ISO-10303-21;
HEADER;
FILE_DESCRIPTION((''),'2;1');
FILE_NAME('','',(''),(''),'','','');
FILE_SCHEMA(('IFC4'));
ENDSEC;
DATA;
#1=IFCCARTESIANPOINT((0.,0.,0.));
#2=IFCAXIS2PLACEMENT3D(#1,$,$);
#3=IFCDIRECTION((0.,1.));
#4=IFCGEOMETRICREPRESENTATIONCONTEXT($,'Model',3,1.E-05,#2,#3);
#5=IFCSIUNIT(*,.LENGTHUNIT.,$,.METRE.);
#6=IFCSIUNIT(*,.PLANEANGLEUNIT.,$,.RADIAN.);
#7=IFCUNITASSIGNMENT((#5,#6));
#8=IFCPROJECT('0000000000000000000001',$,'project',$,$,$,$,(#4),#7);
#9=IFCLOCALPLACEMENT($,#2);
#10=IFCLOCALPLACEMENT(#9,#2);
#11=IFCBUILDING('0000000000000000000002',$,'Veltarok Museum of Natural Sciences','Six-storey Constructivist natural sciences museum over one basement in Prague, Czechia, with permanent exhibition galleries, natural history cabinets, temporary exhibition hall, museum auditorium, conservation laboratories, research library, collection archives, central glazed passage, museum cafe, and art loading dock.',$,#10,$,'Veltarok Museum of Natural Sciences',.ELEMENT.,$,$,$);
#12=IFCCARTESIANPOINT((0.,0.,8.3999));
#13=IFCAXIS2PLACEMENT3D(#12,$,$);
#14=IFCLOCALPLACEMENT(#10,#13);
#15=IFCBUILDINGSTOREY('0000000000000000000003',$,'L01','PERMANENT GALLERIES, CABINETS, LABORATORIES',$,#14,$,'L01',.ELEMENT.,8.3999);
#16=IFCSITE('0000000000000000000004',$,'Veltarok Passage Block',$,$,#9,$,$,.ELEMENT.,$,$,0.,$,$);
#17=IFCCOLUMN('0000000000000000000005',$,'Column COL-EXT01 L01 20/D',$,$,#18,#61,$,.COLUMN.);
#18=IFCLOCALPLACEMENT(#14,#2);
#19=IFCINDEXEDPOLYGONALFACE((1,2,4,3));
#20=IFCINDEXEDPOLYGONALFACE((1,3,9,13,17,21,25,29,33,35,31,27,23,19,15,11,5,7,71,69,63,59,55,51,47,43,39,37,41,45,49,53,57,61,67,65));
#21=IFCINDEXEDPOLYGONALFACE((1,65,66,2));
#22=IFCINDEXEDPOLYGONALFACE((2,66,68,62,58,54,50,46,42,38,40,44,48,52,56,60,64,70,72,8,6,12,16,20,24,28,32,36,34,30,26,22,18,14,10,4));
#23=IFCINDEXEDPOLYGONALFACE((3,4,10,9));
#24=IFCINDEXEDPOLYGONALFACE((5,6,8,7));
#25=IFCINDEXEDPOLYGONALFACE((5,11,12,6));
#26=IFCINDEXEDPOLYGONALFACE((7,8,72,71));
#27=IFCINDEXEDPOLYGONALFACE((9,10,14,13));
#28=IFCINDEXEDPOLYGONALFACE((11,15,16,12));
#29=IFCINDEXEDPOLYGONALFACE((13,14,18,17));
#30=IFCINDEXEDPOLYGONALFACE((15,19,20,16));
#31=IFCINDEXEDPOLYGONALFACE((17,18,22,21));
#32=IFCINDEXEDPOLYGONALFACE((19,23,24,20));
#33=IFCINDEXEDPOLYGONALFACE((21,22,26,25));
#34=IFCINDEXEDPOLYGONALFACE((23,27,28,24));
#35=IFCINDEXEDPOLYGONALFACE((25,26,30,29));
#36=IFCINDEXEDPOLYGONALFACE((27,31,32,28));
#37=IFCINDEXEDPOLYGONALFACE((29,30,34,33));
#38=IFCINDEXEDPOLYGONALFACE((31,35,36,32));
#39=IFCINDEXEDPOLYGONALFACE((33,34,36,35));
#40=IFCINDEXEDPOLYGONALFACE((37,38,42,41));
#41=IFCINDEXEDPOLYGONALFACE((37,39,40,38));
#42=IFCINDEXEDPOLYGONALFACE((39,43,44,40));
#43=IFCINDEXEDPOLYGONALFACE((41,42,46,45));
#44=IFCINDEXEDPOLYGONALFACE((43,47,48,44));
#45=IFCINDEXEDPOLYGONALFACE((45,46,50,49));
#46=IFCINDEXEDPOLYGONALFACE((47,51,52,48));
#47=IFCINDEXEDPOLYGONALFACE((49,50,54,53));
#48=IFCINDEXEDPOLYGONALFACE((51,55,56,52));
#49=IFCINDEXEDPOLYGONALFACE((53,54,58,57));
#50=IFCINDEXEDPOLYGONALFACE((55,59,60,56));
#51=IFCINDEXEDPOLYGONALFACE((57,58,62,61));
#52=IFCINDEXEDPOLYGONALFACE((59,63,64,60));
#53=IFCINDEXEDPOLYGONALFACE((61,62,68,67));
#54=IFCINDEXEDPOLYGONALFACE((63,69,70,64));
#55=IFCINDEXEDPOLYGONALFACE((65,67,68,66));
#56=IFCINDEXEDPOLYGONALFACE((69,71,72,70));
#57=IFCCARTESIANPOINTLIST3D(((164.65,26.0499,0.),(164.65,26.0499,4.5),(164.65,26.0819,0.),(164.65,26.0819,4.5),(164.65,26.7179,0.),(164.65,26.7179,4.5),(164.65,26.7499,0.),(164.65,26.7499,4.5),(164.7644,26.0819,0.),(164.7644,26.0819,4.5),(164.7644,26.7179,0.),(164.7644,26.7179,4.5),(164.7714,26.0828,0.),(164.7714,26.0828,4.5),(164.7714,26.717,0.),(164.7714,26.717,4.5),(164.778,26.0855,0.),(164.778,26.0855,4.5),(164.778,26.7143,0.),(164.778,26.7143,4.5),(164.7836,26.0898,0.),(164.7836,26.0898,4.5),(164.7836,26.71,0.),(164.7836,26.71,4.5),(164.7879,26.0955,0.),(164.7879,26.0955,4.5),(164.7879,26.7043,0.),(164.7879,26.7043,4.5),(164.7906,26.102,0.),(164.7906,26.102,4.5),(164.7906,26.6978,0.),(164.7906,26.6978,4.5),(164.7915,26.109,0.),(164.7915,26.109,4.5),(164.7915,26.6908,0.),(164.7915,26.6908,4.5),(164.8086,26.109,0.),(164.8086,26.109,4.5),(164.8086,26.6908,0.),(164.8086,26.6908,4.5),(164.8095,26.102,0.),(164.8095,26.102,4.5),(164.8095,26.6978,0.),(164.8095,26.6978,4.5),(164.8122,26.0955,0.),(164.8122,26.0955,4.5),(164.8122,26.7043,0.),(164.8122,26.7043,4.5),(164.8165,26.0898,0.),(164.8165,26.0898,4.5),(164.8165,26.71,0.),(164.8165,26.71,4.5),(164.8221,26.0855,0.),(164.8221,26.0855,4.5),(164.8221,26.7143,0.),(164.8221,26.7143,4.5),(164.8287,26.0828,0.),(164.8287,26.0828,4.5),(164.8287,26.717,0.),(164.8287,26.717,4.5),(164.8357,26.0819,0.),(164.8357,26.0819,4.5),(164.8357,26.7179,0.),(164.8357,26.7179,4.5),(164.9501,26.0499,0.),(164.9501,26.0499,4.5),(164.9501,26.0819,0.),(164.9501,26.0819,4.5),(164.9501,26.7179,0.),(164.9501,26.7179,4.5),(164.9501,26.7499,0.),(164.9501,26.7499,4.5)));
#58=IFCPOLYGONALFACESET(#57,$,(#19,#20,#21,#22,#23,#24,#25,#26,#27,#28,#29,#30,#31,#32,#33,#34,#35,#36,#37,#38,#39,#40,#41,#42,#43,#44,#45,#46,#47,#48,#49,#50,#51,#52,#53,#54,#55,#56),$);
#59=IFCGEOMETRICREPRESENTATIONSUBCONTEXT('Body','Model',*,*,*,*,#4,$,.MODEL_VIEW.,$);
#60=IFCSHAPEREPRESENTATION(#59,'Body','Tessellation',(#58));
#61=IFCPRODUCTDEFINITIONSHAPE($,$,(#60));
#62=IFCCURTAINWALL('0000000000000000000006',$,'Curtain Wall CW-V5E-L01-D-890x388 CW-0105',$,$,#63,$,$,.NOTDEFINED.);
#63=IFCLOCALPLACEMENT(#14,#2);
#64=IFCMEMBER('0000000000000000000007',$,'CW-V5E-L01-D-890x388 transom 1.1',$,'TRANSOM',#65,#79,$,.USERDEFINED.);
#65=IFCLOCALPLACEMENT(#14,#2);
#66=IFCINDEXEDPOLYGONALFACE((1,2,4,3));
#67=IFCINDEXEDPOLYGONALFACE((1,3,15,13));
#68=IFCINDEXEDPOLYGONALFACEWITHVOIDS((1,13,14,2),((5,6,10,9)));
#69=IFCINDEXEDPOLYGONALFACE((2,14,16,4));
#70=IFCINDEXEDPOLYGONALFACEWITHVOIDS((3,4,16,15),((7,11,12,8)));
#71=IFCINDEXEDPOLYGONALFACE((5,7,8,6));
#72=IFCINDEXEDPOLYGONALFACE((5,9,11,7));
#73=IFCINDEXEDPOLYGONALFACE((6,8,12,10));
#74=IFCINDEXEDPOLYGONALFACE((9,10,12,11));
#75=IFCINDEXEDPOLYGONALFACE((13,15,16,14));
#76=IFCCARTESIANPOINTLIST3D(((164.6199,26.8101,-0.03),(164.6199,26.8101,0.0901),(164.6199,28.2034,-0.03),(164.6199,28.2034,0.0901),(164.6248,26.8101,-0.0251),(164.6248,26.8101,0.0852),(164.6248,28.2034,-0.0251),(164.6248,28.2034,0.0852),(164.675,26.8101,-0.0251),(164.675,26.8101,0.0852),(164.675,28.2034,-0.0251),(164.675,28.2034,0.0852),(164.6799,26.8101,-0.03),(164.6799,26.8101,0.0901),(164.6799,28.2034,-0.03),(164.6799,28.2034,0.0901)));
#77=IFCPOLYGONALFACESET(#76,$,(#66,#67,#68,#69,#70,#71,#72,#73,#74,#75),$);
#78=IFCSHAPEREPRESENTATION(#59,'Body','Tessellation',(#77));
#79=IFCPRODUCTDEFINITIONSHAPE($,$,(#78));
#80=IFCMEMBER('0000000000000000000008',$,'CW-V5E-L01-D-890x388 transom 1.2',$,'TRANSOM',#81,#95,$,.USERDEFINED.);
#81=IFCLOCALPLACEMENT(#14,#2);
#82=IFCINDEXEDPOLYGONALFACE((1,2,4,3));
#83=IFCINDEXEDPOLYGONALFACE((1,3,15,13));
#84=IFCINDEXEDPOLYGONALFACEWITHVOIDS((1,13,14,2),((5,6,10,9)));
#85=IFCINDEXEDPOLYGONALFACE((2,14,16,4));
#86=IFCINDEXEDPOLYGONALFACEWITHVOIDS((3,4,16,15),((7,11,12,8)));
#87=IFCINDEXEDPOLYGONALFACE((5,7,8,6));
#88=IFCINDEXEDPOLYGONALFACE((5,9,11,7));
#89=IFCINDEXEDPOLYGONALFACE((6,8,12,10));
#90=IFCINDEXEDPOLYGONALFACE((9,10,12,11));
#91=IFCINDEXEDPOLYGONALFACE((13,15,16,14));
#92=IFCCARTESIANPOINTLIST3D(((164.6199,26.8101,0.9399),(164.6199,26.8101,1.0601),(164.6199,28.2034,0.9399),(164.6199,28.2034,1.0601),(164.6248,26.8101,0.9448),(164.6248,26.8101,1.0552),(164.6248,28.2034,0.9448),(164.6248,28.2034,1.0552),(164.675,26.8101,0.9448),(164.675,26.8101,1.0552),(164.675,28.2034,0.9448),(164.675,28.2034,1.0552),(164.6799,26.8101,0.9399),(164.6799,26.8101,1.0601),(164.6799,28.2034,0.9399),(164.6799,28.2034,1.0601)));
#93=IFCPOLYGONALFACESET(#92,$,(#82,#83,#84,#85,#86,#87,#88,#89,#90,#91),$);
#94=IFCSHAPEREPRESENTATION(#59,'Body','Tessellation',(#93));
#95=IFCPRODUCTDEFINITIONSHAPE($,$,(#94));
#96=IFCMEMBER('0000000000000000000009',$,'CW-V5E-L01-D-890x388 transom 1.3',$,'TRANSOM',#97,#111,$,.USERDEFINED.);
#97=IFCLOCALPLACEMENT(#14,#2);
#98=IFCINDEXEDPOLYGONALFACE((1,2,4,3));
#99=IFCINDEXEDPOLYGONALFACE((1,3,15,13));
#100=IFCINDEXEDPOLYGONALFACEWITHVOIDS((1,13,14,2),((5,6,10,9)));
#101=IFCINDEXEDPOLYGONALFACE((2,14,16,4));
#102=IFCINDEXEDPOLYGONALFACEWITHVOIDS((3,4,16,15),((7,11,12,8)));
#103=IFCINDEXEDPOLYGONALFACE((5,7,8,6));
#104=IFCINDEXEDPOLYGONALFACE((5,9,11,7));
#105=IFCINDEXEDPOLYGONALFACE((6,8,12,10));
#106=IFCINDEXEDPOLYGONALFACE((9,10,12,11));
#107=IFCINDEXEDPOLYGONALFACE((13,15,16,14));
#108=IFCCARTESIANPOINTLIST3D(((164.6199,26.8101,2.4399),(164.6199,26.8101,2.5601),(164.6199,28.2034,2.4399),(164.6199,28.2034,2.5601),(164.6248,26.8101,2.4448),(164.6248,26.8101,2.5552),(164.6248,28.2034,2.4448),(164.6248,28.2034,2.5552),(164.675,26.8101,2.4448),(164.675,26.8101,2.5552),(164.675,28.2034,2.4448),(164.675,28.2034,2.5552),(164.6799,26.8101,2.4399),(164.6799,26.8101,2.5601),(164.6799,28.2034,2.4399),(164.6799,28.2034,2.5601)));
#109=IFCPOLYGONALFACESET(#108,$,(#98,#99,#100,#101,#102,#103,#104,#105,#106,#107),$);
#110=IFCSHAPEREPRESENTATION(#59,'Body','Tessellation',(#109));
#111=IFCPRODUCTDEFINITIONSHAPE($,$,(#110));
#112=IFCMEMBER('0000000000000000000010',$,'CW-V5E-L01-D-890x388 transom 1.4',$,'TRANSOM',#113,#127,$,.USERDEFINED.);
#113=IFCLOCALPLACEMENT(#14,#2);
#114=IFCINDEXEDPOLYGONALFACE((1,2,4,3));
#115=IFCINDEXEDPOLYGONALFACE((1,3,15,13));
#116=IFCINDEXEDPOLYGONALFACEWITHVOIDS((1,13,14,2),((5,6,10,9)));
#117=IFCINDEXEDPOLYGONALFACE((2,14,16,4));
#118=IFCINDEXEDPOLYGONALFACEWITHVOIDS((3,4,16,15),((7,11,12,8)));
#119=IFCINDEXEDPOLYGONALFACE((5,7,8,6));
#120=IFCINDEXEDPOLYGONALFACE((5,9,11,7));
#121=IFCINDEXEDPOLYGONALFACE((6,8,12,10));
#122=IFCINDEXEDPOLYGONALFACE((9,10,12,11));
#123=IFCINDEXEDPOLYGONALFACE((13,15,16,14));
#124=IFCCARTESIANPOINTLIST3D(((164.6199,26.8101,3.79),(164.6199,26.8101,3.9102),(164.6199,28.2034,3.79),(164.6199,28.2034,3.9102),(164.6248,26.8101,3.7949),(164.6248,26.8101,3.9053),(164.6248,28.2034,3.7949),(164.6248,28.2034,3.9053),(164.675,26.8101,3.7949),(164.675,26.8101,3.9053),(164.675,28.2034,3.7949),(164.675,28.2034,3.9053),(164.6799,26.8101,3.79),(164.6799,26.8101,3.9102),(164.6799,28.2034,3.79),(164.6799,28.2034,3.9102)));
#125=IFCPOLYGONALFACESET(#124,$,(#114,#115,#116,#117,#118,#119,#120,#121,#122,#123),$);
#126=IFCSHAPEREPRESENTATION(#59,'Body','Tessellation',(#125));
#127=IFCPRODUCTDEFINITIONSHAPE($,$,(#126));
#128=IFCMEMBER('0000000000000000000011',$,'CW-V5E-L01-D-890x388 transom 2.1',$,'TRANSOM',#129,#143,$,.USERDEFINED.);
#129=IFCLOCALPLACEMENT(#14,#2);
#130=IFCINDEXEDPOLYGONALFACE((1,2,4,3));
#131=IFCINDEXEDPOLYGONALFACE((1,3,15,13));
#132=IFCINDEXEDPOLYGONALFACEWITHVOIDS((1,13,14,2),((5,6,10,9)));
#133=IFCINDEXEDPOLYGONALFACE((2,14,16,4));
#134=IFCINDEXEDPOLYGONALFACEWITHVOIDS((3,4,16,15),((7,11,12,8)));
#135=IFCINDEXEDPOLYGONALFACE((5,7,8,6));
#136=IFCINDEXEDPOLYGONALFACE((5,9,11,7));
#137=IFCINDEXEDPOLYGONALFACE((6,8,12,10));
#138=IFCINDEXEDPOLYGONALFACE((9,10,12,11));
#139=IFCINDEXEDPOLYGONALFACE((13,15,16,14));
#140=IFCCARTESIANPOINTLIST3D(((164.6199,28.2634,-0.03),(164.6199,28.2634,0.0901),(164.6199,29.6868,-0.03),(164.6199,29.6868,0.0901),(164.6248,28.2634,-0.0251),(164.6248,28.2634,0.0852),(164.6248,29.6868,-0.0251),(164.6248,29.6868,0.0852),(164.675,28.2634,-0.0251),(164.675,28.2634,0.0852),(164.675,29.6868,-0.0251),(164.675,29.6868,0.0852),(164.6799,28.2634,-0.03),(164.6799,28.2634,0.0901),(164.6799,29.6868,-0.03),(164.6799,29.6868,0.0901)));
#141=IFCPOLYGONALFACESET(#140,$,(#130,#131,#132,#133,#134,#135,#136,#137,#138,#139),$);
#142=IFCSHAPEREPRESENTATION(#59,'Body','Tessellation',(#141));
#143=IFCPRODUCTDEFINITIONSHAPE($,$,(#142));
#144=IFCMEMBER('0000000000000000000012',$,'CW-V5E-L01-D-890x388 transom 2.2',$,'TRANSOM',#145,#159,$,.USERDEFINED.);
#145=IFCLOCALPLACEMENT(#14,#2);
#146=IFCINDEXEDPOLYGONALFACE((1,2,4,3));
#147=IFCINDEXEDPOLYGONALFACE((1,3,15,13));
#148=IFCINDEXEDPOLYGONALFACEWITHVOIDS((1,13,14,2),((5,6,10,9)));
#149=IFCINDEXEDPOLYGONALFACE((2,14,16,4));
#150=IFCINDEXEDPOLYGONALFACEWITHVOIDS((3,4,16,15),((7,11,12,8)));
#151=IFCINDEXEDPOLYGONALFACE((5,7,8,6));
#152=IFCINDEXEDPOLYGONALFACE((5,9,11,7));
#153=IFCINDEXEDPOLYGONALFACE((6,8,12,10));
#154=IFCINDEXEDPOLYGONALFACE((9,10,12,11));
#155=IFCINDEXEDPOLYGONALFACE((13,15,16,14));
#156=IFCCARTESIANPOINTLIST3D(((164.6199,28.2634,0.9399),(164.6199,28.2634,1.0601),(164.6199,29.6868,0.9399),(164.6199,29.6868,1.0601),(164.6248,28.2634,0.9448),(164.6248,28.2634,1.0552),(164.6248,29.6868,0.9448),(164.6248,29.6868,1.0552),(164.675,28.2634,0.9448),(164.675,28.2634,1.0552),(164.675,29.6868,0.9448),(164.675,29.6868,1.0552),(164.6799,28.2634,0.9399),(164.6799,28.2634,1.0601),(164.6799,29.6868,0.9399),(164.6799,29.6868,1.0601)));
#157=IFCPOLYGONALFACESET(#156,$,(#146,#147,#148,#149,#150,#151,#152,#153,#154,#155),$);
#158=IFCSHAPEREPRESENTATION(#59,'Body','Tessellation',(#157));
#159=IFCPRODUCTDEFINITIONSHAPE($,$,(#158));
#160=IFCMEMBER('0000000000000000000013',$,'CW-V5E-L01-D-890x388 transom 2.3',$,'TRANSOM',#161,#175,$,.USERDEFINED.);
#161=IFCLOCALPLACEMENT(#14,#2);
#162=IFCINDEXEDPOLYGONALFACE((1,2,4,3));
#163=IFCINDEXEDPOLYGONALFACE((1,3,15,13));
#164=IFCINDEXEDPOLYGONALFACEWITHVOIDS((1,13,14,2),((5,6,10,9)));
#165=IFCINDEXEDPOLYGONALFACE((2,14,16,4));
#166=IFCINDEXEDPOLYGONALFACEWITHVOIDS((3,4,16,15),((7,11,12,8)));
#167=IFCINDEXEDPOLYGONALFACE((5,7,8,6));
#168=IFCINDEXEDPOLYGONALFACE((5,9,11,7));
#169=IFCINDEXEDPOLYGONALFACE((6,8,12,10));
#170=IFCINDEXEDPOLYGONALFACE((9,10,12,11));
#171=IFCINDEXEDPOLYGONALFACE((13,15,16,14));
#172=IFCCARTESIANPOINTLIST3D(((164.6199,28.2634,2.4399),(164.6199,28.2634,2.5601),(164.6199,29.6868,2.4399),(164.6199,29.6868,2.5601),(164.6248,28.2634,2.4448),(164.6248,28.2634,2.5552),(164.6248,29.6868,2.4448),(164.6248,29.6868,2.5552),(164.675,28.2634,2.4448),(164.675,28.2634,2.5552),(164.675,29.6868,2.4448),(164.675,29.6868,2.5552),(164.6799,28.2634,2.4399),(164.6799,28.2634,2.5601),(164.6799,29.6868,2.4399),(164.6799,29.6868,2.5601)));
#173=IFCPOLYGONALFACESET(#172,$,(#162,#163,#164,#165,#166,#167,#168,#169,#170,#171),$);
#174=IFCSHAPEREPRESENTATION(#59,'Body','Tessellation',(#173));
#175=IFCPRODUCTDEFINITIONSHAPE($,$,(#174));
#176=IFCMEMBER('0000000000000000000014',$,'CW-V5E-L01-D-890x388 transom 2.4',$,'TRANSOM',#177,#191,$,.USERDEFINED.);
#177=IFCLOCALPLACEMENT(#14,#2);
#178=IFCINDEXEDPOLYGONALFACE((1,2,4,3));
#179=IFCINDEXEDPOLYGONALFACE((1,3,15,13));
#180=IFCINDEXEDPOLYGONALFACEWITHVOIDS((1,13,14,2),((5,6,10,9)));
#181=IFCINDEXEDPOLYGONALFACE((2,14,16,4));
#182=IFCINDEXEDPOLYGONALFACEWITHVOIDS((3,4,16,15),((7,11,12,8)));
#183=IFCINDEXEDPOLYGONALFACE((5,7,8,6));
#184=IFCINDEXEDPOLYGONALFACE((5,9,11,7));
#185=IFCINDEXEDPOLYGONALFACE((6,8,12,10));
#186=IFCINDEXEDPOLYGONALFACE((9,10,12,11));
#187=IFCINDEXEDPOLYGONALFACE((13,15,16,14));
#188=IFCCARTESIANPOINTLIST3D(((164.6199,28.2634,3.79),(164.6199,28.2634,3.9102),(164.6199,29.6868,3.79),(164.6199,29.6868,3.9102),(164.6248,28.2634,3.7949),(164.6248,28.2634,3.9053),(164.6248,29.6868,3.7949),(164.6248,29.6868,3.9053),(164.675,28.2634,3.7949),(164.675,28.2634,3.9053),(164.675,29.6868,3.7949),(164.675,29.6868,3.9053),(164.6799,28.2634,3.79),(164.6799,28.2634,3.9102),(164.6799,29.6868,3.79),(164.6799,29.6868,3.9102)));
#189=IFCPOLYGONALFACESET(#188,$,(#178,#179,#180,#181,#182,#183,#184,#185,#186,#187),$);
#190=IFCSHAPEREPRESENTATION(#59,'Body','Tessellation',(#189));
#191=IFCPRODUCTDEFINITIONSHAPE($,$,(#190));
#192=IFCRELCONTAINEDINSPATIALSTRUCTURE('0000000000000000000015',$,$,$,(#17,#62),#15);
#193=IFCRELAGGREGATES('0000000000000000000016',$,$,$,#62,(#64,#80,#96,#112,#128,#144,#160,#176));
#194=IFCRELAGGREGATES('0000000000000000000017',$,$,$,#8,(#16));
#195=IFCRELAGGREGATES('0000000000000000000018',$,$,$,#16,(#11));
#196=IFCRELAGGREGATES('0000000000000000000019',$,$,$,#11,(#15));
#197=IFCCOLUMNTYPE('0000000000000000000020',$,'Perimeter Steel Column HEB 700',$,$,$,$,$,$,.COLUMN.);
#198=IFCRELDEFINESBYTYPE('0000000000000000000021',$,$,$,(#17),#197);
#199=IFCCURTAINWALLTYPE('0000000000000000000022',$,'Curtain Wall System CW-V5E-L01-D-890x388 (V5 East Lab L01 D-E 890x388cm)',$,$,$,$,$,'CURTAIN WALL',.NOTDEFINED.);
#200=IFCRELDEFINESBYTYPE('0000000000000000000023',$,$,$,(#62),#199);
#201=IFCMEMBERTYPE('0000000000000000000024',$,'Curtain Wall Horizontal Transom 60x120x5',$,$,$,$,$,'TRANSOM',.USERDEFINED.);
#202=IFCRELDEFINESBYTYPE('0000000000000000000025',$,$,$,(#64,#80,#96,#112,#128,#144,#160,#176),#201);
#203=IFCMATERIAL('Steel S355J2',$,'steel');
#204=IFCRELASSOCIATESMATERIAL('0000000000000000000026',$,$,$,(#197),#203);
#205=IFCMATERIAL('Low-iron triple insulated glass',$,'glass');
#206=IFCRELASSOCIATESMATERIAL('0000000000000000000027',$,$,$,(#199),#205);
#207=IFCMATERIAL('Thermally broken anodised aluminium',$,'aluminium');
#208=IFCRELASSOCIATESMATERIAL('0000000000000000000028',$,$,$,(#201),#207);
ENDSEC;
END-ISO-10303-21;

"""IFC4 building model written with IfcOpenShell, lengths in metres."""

from ifc_helpers import new_model, si_unit, direction, frame, origin, origin_2d, place, context, subcontext, project, spatial, hollow_rectangle, i_section, extrude, material, material_profile, profile_set, type_object, element, aggregate, save


model = new_model("IFC4")

# Units and contexts
model_context = context("Model", 3, precision=1e-05, world=origin(), true_north=direction((0.0, 1.0)))
body_context = subcontext(model_context, "Body", "Model", "MODEL_VIEW")
ifc_project = project(units=[si_unit("LENGTHUNIT", "METRE"), si_unit("PLANEANGLEUNIT", "RADIAN")], contexts=[model_context])

# Site, building, storey
site_placement = place(None, origin())
site = spatial("IfcSite", under=ifc_project, at=site_placement, Name="Veltarok Passage Block", CompositionType="ELEMENT", RefElevation=0.0)
building_placement = place(site_placement, origin())
building = spatial("IfcBuilding", under=site, at=building_placement, Name="Veltarok Museum of Natural Sciences", Description="Six-storey Constructivist natural sciences museum over one basement in Prague, Czechia, with permanent exhibition galleries, natural history cabinets, temporary exhibition hall, museum auditorium, conservation laboratories, research library, collection archives, central glazed passage, museum cafe, and art loading dock.", LongName="Veltarok Museum of Natural Sciences", CompositionType="ELEMENT")
storey_placement = place(building_placement, frame((0.0, 0.0, 8.3999)))
storey = spatial("IfcBuildingStorey", under=building, at=storey_placement, Name="L01", Description="PERMANENT GALLERIES, CABINETS, LABORATORIES", LongName="L01", CompositionType="ELEMENT", Elevation=8.3999)

# Column
ifc_material_1 = material(Name="Steel S355J2", Category="steel")
ifc_material_profile_1 = material_profile(ifc_material_1, i_section(OverallWidth=0.3, OverallDepth=0.7, WebThickness=0.0171, FlangeThickness=0.032, FilletRadius=0.0271, at=origin_2d()), Name="HEB 700")
ifc_profile_set_1 = profile_set([ifc_material_profile_1], Name="Steel S355J2")
column_type = type_object("IfcColumnType", Name="Perimeter Steel Column HEB 700", PredefinedType="COLUMN", material=ifc_profile_set_1)
column_placement = place(storey_placement, frame((164.8, 26.3999, 0.0), z_axis=(0.0, 0.0, 1.0), x_axis=(1.0, 0.0, 0.0)))
element("IfcColumn", 1, at=column_placement, inside=storey, type_object=column_type, Name="Column COL-EXT01 L01 20/D", PredefinedType="COLUMN", context=body_context, shape_type="SweptSolid", body=[
    extrude(i_section(OverallWidth=0.3, OverallDepth=0.7, WebThickness=0.0171, FlangeThickness=0.032, FilletRadius=0.0271, at=origin_2d()), origin(), (0.0, 0.0, 1.0), 4.5),
])

# Curtain wall, members
ifc_material_2 = material(Name="Low-iron triple insulated glass", Category="glass")
curtain_wall_type = type_object("IfcCurtainWallType", Name="Curtain Wall System CW-V5E-L01-D-890x388 (V5 East Lab L01 D-E 890x388cm)", ElementType="CURTAIN WALL", PredefinedType="NOTDEFINED", material=ifc_material_2)
curtain_wall_placement = place(storey_placement, origin())
curtain_wall = element("IfcCurtainWall", 2, at=curtain_wall_placement, inside=storey, type_object=curtain_wall_type, Name="Curtain Wall CW-V5E-L01-D-890x388 CW-0105", PredefinedType="NOTDEFINED")
ifc_material_3 = material(Name="Thermally broken anodised aluminium", Category="aluminium")
ifc_material_profile_2 = material_profile(ifc_material_3, hollow_rectangle(XDim=0.0601, YDim=0.1201, WallThickness=0.0049, at=origin_2d()), Name="CW TRANSOM 60x120x5")
ifc_profile_set_2 = profile_set([ifc_material_profile_2], Name="Thermally broken anodised aluminium")
member_type_1 = type_object("IfcMemberType", Name="Curtain Wall Horizontal Transom 60x120x5", ElementType="TRANSOM", PredefinedType="USERDEFINED", material=ifc_profile_set_2)
member_1_placement = place(storey_placement, frame((164.6499, 26.8101, 0.03), z_axis=(0.0, 1.0, 0.0), x_axis=(-1.0, 0.0, 0.0)))
member_1 = element("IfcMember", 3, at=member_1_placement, type_object=member_type_1, Name="CW-V5E-L01-D-890x388 transom 1.1", ObjectType="TRANSOM", PredefinedType="USERDEFINED", context=body_context, shape_type="SweptSolid", body=[
    extrude(hollow_rectangle(XDim=0.0601, YDim=0.1201, WallThickness=0.0049, at=origin_2d()), origin(), (0.0, 0.0, 1.0), 1.3933),
])
member_2_placement = place(storey_placement, frame((164.6499, 26.8101, 1.0), z_axis=(0.0, 1.0, 0.0), x_axis=(-1.0, 0.0, 0.0)))
member_2 = element("IfcMember", 4, at=member_2_placement, type_object=member_type_1, Name="CW-V5E-L01-D-890x388 transom 1.2", ObjectType="TRANSOM", PredefinedType="USERDEFINED", context=body_context, shape_type="SweptSolid", body=[
    extrude(hollow_rectangle(XDim=0.0601, YDim=0.1201, WallThickness=0.0049, at=origin_2d()), origin(), (0.0, 0.0, 1.0), 1.3933),
])
member_3_placement = place(storey_placement, frame((164.6499, 26.8101, 2.5), z_axis=(0.0, 1.0, 0.0), x_axis=(-1.0, 0.0, 0.0)))
member_3 = element("IfcMember", 5, at=member_3_placement, type_object=member_type_1, Name="CW-V5E-L01-D-890x388 transom 1.3", ObjectType="TRANSOM", PredefinedType="USERDEFINED", context=body_context, shape_type="SweptSolid", body=[
    extrude(hollow_rectangle(XDim=0.0601, YDim=0.1201, WallThickness=0.0049, at=origin_2d()), origin(), (0.0, 0.0, 1.0), 1.3933),
])
member_4_placement = place(storey_placement, frame((164.6499, 26.8101, 3.8501), z_axis=(0.0, 1.0, 0.0), x_axis=(-1.0, 0.0, 0.0)))
member_4 = element("IfcMember", 6, at=member_4_placement, type_object=member_type_1, Name="CW-V5E-L01-D-890x388 transom 1.4", ObjectType="TRANSOM", PredefinedType="USERDEFINED", context=body_context, shape_type="SweptSolid", body=[
    extrude(hollow_rectangle(XDim=0.0601, YDim=0.1201, WallThickness=0.0049, at=origin_2d()), origin(), (0.0, 0.0, 1.0), 1.3933),
])
member_5_placement = place(storey_placement, frame((164.6499, 28.2634, 0.03), z_axis=(0.0, 1.0, 0.0), x_axis=(-1.0, 0.0, 0.0)))
member_5 = element("IfcMember", 7, at=member_5_placement, type_object=member_type_1, Name="CW-V5E-L01-D-890x388 transom 2.1", ObjectType="TRANSOM", PredefinedType="USERDEFINED", context=body_context, shape_type="SweptSolid", body=[
    extrude(hollow_rectangle(XDim=0.0601, YDim=0.1201, WallThickness=0.0049, at=origin_2d()), origin(), (0.0, 0.0, 1.0), 1.4233),
])
member_6_placement = place(storey_placement, frame((164.6499, 28.2634, 1.0), z_axis=(0.0, 1.0, 0.0), x_axis=(-1.0, 0.0, 0.0)))
member_6 = element("IfcMember", 8, at=member_6_placement, type_object=member_type_1, Name="CW-V5E-L01-D-890x388 transom 2.2", ObjectType="TRANSOM", PredefinedType="USERDEFINED", context=body_context, shape_type="SweptSolid", body=[
    extrude(hollow_rectangle(XDim=0.0601, YDim=0.1201, WallThickness=0.0049, at=origin_2d()), origin(), (0.0, 0.0, 1.0), 1.4233),
])
member_7_placement = place(storey_placement, frame((164.6499, 28.2634, 2.5), z_axis=(0.0, 1.0, 0.0), x_axis=(-1.0, 0.0, 0.0)))
member_7 = element("IfcMember", 9, at=member_7_placement, type_object=member_type_1, Name="CW-V5E-L01-D-890x388 transom 2.3", ObjectType="TRANSOM", PredefinedType="USERDEFINED", context=body_context, shape_type="SweptSolid", body=[
    extrude(hollow_rectangle(XDim=0.0601, YDim=0.1201, WallThickness=0.0049, at=origin_2d()), origin(), (0.0, 0.0, 1.0), 1.4233),
])
member_8_placement = place(storey_placement, frame((164.6499, 28.2634, 3.8501), z_axis=(0.0, 1.0, 0.0), x_axis=(-1.0, 0.0, 0.0)))
member_8 = element("IfcMember", 10, at=member_8_placement, type_object=member_type_1, Name="CW-V5E-L01-D-890x388 transom 2.4", ObjectType="TRANSOM", PredefinedType="USERDEFINED", context=body_context, shape_type="SweptSolid", body=[
    extrude(hollow_rectangle(XDim=0.0601, YDim=0.1201, WallThickness=0.0049, at=origin_2d()), origin(), (0.0, 0.0, 1.0), 1.4233),
])

aggregate(curtain_wall, [member_1, member_2, member_3, member_4, member_5, member_6, member_7, member_8])

save(model, "model.ifc")
